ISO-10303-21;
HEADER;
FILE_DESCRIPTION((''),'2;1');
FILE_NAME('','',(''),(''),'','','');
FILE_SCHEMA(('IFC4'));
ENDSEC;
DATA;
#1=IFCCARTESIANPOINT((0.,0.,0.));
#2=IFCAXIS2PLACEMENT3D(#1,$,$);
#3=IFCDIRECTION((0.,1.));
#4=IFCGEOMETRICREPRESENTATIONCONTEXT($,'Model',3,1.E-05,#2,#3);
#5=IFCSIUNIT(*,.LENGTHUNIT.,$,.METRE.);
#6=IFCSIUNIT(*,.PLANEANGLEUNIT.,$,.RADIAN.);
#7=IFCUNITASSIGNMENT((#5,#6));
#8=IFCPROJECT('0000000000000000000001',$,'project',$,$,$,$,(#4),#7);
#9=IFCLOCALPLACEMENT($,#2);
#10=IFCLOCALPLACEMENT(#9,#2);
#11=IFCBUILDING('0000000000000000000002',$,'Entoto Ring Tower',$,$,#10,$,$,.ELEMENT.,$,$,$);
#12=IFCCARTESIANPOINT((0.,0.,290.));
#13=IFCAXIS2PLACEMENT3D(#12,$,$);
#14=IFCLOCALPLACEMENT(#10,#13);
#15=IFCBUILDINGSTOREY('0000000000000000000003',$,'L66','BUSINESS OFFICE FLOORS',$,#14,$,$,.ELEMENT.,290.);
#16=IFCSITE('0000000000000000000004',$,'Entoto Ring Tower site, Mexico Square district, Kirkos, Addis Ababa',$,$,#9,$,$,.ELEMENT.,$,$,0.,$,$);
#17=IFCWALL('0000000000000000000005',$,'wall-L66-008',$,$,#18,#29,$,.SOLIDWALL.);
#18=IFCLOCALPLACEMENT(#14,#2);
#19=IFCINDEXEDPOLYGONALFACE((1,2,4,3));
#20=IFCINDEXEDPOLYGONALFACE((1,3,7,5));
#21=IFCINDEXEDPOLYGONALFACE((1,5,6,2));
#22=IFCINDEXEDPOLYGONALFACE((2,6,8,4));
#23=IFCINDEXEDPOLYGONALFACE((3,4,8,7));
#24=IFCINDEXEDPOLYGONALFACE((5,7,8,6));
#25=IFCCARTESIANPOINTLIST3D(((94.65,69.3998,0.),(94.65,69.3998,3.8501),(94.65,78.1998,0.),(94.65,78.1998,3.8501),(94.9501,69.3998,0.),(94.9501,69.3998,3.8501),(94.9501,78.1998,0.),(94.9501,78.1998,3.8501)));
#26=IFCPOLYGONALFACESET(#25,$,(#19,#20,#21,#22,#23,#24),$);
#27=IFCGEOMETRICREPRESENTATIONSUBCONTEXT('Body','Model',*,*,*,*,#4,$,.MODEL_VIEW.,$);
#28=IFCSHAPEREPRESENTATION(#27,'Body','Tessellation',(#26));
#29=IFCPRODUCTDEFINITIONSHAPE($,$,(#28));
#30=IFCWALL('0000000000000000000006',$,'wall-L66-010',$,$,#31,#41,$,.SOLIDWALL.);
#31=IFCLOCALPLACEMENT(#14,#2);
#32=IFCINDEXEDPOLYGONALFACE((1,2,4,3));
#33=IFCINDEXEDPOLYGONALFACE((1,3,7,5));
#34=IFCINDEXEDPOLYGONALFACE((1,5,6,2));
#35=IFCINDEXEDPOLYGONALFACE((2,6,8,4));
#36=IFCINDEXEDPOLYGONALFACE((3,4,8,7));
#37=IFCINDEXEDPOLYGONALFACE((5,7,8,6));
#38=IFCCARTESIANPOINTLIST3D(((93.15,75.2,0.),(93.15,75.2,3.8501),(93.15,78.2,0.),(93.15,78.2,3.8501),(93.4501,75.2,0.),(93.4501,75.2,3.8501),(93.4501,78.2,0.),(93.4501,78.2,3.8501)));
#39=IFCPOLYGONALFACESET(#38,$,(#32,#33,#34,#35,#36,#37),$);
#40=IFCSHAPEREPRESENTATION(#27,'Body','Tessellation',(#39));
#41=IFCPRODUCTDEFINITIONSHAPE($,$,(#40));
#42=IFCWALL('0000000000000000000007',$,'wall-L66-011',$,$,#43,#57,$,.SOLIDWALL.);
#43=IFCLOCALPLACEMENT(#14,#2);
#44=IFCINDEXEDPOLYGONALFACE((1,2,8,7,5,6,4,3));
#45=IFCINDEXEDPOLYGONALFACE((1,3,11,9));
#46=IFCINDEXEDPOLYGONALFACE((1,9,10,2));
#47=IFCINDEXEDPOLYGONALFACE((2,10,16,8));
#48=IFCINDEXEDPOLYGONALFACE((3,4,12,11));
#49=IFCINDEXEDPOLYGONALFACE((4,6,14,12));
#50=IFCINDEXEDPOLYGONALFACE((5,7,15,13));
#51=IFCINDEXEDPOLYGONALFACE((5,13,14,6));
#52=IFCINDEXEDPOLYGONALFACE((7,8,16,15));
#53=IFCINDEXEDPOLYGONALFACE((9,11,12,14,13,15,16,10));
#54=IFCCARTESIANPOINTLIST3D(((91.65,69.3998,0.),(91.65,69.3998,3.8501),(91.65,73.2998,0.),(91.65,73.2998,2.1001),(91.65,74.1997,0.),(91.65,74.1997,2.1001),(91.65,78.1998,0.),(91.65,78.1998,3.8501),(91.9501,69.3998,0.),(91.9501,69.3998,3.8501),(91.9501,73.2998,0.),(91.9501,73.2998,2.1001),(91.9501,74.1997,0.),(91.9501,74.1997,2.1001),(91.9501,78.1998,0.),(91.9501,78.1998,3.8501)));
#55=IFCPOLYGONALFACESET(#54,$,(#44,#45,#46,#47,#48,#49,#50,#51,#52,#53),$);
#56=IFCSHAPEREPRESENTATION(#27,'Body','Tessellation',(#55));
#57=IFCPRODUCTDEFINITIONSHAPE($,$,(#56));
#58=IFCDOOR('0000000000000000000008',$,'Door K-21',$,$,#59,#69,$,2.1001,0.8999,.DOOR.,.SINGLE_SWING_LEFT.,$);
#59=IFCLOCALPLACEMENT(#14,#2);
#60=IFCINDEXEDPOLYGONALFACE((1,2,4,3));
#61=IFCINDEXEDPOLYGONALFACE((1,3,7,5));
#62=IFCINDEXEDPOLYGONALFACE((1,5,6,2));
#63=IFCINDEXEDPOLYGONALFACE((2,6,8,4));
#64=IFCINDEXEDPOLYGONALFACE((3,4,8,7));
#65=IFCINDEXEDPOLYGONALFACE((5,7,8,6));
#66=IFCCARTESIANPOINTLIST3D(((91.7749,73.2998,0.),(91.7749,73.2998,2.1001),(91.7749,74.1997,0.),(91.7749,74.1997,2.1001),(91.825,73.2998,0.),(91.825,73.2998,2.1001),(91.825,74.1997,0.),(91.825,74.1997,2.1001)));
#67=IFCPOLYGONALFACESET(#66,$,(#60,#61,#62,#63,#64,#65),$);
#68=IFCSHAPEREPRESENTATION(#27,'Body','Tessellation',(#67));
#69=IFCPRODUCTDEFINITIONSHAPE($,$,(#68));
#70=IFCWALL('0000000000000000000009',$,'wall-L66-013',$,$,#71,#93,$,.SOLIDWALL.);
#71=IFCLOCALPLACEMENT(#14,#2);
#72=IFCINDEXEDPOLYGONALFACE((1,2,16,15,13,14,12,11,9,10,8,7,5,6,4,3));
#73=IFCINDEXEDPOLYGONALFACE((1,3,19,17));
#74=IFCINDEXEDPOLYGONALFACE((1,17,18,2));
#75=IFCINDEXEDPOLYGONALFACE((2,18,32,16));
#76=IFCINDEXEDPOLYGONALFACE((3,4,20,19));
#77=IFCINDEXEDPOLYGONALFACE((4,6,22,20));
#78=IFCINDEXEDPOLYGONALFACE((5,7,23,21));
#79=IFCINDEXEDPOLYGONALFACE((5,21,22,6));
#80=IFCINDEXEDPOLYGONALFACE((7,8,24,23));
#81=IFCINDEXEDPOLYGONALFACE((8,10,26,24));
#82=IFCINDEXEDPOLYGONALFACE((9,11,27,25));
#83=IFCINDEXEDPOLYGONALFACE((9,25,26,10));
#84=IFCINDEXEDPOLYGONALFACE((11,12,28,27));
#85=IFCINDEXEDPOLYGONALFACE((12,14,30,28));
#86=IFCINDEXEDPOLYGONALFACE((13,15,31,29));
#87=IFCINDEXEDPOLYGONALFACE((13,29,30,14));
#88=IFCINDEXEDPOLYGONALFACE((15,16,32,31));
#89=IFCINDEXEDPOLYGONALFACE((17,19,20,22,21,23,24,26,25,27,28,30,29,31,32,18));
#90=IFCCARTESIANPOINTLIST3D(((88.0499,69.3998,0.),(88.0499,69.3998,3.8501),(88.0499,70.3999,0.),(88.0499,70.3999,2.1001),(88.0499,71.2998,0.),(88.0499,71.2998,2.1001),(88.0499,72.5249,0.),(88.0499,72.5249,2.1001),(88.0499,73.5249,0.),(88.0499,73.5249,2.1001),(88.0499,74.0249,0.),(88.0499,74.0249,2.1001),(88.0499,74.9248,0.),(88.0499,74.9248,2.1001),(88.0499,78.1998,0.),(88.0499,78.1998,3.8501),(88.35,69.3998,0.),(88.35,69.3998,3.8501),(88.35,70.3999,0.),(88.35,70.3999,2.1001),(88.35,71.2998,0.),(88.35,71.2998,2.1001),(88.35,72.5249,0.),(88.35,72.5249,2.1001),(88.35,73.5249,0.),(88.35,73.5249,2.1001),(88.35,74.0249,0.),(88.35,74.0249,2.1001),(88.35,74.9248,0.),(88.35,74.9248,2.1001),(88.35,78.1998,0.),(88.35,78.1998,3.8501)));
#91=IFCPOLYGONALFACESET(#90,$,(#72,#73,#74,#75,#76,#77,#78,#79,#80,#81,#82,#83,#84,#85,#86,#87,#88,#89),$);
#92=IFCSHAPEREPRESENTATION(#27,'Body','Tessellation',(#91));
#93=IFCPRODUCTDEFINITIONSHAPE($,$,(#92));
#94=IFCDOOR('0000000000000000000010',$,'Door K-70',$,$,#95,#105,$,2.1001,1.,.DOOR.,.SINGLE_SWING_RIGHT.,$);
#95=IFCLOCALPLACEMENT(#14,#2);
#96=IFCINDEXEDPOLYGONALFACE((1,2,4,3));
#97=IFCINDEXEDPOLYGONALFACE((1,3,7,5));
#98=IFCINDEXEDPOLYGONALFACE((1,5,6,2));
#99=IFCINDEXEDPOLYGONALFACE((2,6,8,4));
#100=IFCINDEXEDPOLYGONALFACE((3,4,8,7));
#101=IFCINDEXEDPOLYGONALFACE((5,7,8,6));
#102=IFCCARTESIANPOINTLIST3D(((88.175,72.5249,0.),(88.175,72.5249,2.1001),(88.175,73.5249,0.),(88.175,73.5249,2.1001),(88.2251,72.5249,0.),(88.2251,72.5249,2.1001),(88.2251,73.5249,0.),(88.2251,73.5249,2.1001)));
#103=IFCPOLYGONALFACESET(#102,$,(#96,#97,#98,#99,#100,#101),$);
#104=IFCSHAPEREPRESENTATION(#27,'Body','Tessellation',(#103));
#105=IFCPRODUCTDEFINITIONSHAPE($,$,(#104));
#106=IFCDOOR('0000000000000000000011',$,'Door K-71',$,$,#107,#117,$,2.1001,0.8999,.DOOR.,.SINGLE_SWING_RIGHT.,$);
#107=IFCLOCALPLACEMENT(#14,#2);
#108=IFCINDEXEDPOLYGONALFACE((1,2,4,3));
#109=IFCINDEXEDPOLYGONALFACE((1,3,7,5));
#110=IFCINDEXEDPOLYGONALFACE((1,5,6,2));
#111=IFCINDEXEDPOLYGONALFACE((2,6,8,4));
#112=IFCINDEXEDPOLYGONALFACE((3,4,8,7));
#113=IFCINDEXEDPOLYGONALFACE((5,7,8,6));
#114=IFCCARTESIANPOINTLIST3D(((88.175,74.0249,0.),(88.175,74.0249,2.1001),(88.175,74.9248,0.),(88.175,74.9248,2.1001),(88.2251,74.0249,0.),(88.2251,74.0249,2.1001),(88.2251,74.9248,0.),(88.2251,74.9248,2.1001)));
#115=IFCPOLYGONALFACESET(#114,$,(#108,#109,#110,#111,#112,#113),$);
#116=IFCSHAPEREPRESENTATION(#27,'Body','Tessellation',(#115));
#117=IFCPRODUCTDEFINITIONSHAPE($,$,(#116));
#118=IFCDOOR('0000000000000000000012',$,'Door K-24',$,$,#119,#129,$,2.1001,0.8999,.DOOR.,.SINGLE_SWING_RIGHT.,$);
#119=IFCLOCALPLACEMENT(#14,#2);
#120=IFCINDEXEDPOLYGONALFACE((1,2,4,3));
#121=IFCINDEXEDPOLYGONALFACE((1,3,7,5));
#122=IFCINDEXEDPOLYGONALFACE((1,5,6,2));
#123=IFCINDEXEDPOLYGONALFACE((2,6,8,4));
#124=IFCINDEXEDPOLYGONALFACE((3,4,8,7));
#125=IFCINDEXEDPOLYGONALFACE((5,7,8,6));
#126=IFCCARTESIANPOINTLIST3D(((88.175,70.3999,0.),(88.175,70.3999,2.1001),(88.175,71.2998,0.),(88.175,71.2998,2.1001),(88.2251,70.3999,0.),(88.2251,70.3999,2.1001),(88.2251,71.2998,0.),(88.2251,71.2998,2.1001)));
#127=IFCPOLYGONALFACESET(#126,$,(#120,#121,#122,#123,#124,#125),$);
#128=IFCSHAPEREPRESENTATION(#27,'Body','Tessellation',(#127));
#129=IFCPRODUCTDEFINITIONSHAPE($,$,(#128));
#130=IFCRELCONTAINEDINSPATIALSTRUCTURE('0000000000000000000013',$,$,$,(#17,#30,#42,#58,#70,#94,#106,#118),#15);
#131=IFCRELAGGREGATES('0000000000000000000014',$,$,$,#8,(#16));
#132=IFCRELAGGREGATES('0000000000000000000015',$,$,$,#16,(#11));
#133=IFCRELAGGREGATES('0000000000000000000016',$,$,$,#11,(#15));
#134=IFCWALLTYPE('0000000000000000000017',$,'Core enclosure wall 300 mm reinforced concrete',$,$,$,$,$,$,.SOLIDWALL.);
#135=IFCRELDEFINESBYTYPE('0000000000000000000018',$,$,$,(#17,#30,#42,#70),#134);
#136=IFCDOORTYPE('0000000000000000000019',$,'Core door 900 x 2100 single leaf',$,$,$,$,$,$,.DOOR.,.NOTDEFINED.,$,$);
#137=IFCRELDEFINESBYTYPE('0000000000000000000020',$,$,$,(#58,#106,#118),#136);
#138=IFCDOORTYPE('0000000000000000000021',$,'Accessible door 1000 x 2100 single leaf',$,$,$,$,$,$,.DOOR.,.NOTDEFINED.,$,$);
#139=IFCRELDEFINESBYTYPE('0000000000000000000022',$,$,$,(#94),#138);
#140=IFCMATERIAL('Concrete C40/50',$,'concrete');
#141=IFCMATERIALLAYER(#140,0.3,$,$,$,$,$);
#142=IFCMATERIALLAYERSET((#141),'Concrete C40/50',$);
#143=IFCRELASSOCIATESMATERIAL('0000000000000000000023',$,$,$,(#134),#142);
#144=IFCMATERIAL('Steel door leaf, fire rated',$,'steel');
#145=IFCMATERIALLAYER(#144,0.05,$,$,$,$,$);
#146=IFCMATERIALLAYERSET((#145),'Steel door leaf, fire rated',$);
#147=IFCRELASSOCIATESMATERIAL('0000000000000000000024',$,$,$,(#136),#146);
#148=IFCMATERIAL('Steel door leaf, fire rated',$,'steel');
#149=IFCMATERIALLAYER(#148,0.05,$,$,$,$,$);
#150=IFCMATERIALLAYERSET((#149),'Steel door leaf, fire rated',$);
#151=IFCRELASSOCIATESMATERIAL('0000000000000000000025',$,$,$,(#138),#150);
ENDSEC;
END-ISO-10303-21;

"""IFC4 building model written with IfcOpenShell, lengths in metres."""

from ifc_helpers import new_model, si_unit, direction, frame, frame_2d, origin, place, context, subcontext, project, spatial, rectangle, extrude, material, layer, layer_set, type_object, element, fill, save


model = new_model("IFC4")

# Units and contexts
model_context = context("Model", 3, precision=1e-05, world=origin(), true_north=direction((0.0, 1.0)))
body_context = subcontext(model_context, "Body", "Model", "MODEL_VIEW")
ifc_project = project(units=[si_unit("LENGTHUNIT", "METRE"), si_unit("PLANEANGLEUNIT", "RADIAN")], contexts=[model_context])

# Site, building, storey
site_placement = place(None, origin())
site = spatial("IfcSite", under=ifc_project, at=site_placement, Name="Entoto Ring Tower site, Mexico Square district, Kirkos, Addis Ababa", CompositionType="ELEMENT", RefElevation=0.0)
building_placement = place(site_placement, origin())
building = spatial("IfcBuilding", under=site, at=building_placement, Name="Entoto Ring Tower", CompositionType="ELEMENT")
storey_placement = place(building_placement, frame((0.0, 0.0, 290.0)))
storey = spatial("IfcBuildingStorey", under=building, at=storey_placement, Name="L66", Description="BUSINESS OFFICE FLOORS", CompositionType="ELEMENT", Elevation=290.0)

# Walls
ifc_material_1 = material(Name="Concrete C40/50", Category="concrete")
ifc_layer_1 = layer(ifc_material_1, 0.3)
ifc_layer_set_1 = layer_set([ifc_layer_1], Name="Concrete C40/50")
wall_type_1 = type_object("IfcWallType", Name="Core enclosure wall 300 mm reinforced concrete", PredefinedType="SOLIDWALL", material=ifc_layer_set_1)
wall_1_placement = place(storey_placement, frame((94.8, 69.3999, 0.0), z_axis=(0.0, 0.0, 1.0), x_axis=(0.0, 1.0, 0.0)))
element("IfcWall", 1, at=wall_1_placement, inside=storey, type_object=wall_type_1, Name="wall-L66-008", PredefinedType="SOLIDWALL", context=body_context, shape_type="SweptSolid", body=[
    extrude(rectangle(XDim=8.8, YDim=0.3, at=frame_2d((4.3999, 0.0))), origin(), (0.0, 0.0, 1.0), 3.8501),
])
wall_2_placement = place(storey_placement, frame((93.3, 75.2, 0.0), z_axis=(0.0, 0.0, 1.0), x_axis=(0.0, 1.0, 0.0)))
element("IfcWall", 2, at=wall_2_placement, inside=storey, type_object=wall_type_1, Name="wall-L66-010", PredefinedType="SOLIDWALL", context=body_context, shape_type="SweptSolid", body=[
    extrude(rectangle(XDim=3.0, YDim=0.3, at=frame_2d((1.5, 0.0))), origin(), (0.0, 0.0, 1.0), 3.8501),
])

# Wall, opening, door
wall_3_placement = place(storey_placement, frame((91.8, 69.3999, 0.0), z_axis=(0.0, 0.0, 1.0), x_axis=(0.0, 1.0, 0.0)))
wall_3 = element("IfcWall", 3, at=wall_3_placement, inside=storey, type_object=wall_type_1, Name="wall-L66-011", PredefinedType="SOLIDWALL", context=body_context, shape_type="SweptSolid", body=[
    extrude(rectangle(XDim=8.8, YDim=0.3, at=frame_2d((4.3999, 0.0))), origin(), (0.0, 0.0, 1.0), 3.8501),
])
opening_1_placement = place(wall_3_placement, frame((3.8999, 0.0, 0.0)))
opening_1 = element("IfcOpeningElement", 4, at=opening_1_placement, cuts=wall_3, PredefinedType="OPENING", context=body_context, shape_type="SweptSolid", body=[
    extrude(rectangle(XDim=0.8999, YDim=2.1001, at=frame_2d((0.45, 1.05))), frame((0.0, 0.1602, 0.0), z_axis=(0.0, -1.0, 0.0), x_axis=(1.0, 0.0, 0.0)), (0.0, 0.0, 1.0), 0.3201),
])
ifc_material_2 = material(Name="Steel door leaf, fire rated", Category="steel")
ifc_layer_2 = layer(ifc_material_2, 0.05)
ifc_layer_set_2 = layer_set([ifc_layer_2], Name="Steel door leaf, fire rated")
door_type_1 = type_object("IfcDoorType", Name="Core door 900 x 2100 single leaf", OperationType="NOTDEFINED", PredefinedType="DOOR", material=ifc_layer_set_2)
door_1_placement = place(opening_1_placement, frame((0.8999, 0.0, 0.0), z_axis=(0.0, 0.0, 1.0), x_axis=(-1.0, 0.0, 0.0)))
door_1 = element("IfcDoor", 5, at=door_1_placement, inside=storey, type_object=door_type_1, Name="Door K-21", OperationType="SINGLE_SWING_LEFT", OverallHeight=2.1001, OverallWidth=0.8999, PredefinedType="DOOR", context=body_context, shape_type="SweptSolid", body=[
    extrude(rectangle(XDim=0.8999, YDim=2.1001, at=frame_2d((0.45, 1.05))), frame((0.0, 0.0249, 0.0), z_axis=(0.0, -1.0, 0.0), x_axis=(1.0, 0.0, 0.0)), (0.0, 0.0, 1.0), 0.05),
])
fill(opening_1, door_1)

# Wall, openings, doors
wall_4_placement = place(storey_placement, frame((88.2, 69.3999, 0.0), z_axis=(0.0, 0.0, 1.0), x_axis=(0.0, 1.0, 0.0)))
wall_4 = element("IfcWall", 6, at=wall_4_placement, inside=storey, type_object=wall_type_1, Name="wall-L66-013", PredefinedType="SOLIDWALL", context=body_context, shape_type="SweptSolid", body=[
    extrude(rectangle(XDim=8.8, YDim=0.3, at=frame_2d((4.3999, 0.0))), origin(), (0.0, 0.0, 1.0), 3.8501),
])
opening_2_placement = place(wall_4_placement, frame((3.125, 0.0, 0.0)))
opening_2 = element("IfcOpeningElement", 7, at=opening_2_placement, cuts=wall_4, PredefinedType="OPENING", context=body_context, shape_type="SweptSolid", body=[
    extrude(rectangle(XDim=1.0, YDim=2.1001, at=frame_2d((0.5, 1.05))), frame((0.0, 0.1602, 0.0), z_axis=(0.0, -1.0, 0.0), x_axis=(1.0, 0.0, 0.0)), (0.0, 0.0, 1.0), 0.3201),
])
opening_3_placement = place(wall_4_placement, frame((4.625, 0.0, 0.0)))
opening_3 = element("IfcOpeningElement", 8, at=opening_3_placement, cuts=wall_4, PredefinedType="OPENING", context=body_context, shape_type="SweptSolid", body=[
    extrude(rectangle(XDim=0.8999, YDim=2.1001, at=frame_2d((0.45, 1.05))), frame((0.0, 0.1602, 0.0), z_axis=(0.0, -1.0, 0.0), x_axis=(1.0, 0.0, 0.0)), (0.0, 0.0, 1.0), 0.3201),
])
opening_4_placement = place(wall_4_placement, frame((1.0, 0.0, 0.0)))
opening_4 = element("IfcOpeningElement", 9, at=opening_4_placement, cuts=wall_4, PredefinedType="OPENING", context=body_context, shape_type="SweptSolid", body=[
    extrude(rectangle(XDim=0.8999, YDim=2.1001, at=frame_2d((0.45, 1.05))), frame((0.0, 0.1602, 0.0), z_axis=(0.0, -1.0, 0.0), x_axis=(1.0, 0.0, 0.0)), (0.0, 0.0, 1.0), 0.3201),
])
ifc_material_3 = material(Name="Steel door leaf, fire rated", Category="steel")
ifc_layer_3 = layer(ifc_material_3, 0.05)
ifc_layer_set_3 = layer_set([ifc_layer_3], Name="Steel door leaf, fire rated")
door_type_2 = type_object("IfcDoorType", Name="Accessible door 1000 x 2100 single leaf", OperationType="NOTDEFINED", PredefinedType="DOOR", material=ifc_layer_set_3)
door_2_placement = place(opening_2_placement, origin())
door_2 = element("IfcDoor", 10, at=door_2_placement, inside=storey, type_object=door_type_2, Name="Door K-70", OperationType="SINGLE_SWING_RIGHT", OverallHeight=2.1001, OverallWidth=1.0, PredefinedType="DOOR", context=body_context, shape_type="SweptSolid", body=[
    extrude(rectangle(XDim=1.0, YDim=2.1001, at=frame_2d((0.5, 1.05))), frame((0.0, 0.0249, 0.0), z_axis=(0.0, -1.0, 0.0), x_axis=(1.0, 0.0, 0.0)), (0.0, 0.0, 1.0), 0.05),
])
fill(opening_2, door_2)
door_3_placement = place(opening_3_placement, origin())
door_3 = element("IfcDoor", 11, at=door_3_placement, inside=storey, type_object=door_type_1, Name="Door K-71", OperationType="SINGLE_SWING_RIGHT", OverallHeight=2.1001, OverallWidth=0.8999, PredefinedType="DOOR", context=body_context, shape_type="SweptSolid", body=[
    extrude(rectangle(XDim=0.8999, YDim=2.1001, at=frame_2d((0.45, 1.05))), frame((0.0, 0.0249, 0.0), z_axis=(0.0, -1.0, 0.0), x_axis=(1.0, 0.0, 0.0)), (0.0, 0.0, 1.0), 0.05),
])
fill(opening_3, door_3)
door_4_placement = place(opening_4_placement, origin())
door_4 = element("IfcDoor", 12, at=door_4_placement, inside=storey, type_object=door_type_1, Name="Door K-24", OperationType="SINGLE_SWING_RIGHT", OverallHeight=2.1001, OverallWidth=0.8999, PredefinedType="DOOR", context=body_context, shape_type="SweptSolid", body=[
    extrude(rectangle(XDim=0.8999, YDim=2.1001, at=frame_2d((0.45, 1.05))), frame((0.0, 0.0249, 0.0), z_axis=(0.0, -1.0, 0.0), x_axis=(1.0, 0.0, 0.0)), (0.0, 0.0, 1.0), 0.05),
])
fill(opening_4, door_4)

save(model, "model.ifc")
